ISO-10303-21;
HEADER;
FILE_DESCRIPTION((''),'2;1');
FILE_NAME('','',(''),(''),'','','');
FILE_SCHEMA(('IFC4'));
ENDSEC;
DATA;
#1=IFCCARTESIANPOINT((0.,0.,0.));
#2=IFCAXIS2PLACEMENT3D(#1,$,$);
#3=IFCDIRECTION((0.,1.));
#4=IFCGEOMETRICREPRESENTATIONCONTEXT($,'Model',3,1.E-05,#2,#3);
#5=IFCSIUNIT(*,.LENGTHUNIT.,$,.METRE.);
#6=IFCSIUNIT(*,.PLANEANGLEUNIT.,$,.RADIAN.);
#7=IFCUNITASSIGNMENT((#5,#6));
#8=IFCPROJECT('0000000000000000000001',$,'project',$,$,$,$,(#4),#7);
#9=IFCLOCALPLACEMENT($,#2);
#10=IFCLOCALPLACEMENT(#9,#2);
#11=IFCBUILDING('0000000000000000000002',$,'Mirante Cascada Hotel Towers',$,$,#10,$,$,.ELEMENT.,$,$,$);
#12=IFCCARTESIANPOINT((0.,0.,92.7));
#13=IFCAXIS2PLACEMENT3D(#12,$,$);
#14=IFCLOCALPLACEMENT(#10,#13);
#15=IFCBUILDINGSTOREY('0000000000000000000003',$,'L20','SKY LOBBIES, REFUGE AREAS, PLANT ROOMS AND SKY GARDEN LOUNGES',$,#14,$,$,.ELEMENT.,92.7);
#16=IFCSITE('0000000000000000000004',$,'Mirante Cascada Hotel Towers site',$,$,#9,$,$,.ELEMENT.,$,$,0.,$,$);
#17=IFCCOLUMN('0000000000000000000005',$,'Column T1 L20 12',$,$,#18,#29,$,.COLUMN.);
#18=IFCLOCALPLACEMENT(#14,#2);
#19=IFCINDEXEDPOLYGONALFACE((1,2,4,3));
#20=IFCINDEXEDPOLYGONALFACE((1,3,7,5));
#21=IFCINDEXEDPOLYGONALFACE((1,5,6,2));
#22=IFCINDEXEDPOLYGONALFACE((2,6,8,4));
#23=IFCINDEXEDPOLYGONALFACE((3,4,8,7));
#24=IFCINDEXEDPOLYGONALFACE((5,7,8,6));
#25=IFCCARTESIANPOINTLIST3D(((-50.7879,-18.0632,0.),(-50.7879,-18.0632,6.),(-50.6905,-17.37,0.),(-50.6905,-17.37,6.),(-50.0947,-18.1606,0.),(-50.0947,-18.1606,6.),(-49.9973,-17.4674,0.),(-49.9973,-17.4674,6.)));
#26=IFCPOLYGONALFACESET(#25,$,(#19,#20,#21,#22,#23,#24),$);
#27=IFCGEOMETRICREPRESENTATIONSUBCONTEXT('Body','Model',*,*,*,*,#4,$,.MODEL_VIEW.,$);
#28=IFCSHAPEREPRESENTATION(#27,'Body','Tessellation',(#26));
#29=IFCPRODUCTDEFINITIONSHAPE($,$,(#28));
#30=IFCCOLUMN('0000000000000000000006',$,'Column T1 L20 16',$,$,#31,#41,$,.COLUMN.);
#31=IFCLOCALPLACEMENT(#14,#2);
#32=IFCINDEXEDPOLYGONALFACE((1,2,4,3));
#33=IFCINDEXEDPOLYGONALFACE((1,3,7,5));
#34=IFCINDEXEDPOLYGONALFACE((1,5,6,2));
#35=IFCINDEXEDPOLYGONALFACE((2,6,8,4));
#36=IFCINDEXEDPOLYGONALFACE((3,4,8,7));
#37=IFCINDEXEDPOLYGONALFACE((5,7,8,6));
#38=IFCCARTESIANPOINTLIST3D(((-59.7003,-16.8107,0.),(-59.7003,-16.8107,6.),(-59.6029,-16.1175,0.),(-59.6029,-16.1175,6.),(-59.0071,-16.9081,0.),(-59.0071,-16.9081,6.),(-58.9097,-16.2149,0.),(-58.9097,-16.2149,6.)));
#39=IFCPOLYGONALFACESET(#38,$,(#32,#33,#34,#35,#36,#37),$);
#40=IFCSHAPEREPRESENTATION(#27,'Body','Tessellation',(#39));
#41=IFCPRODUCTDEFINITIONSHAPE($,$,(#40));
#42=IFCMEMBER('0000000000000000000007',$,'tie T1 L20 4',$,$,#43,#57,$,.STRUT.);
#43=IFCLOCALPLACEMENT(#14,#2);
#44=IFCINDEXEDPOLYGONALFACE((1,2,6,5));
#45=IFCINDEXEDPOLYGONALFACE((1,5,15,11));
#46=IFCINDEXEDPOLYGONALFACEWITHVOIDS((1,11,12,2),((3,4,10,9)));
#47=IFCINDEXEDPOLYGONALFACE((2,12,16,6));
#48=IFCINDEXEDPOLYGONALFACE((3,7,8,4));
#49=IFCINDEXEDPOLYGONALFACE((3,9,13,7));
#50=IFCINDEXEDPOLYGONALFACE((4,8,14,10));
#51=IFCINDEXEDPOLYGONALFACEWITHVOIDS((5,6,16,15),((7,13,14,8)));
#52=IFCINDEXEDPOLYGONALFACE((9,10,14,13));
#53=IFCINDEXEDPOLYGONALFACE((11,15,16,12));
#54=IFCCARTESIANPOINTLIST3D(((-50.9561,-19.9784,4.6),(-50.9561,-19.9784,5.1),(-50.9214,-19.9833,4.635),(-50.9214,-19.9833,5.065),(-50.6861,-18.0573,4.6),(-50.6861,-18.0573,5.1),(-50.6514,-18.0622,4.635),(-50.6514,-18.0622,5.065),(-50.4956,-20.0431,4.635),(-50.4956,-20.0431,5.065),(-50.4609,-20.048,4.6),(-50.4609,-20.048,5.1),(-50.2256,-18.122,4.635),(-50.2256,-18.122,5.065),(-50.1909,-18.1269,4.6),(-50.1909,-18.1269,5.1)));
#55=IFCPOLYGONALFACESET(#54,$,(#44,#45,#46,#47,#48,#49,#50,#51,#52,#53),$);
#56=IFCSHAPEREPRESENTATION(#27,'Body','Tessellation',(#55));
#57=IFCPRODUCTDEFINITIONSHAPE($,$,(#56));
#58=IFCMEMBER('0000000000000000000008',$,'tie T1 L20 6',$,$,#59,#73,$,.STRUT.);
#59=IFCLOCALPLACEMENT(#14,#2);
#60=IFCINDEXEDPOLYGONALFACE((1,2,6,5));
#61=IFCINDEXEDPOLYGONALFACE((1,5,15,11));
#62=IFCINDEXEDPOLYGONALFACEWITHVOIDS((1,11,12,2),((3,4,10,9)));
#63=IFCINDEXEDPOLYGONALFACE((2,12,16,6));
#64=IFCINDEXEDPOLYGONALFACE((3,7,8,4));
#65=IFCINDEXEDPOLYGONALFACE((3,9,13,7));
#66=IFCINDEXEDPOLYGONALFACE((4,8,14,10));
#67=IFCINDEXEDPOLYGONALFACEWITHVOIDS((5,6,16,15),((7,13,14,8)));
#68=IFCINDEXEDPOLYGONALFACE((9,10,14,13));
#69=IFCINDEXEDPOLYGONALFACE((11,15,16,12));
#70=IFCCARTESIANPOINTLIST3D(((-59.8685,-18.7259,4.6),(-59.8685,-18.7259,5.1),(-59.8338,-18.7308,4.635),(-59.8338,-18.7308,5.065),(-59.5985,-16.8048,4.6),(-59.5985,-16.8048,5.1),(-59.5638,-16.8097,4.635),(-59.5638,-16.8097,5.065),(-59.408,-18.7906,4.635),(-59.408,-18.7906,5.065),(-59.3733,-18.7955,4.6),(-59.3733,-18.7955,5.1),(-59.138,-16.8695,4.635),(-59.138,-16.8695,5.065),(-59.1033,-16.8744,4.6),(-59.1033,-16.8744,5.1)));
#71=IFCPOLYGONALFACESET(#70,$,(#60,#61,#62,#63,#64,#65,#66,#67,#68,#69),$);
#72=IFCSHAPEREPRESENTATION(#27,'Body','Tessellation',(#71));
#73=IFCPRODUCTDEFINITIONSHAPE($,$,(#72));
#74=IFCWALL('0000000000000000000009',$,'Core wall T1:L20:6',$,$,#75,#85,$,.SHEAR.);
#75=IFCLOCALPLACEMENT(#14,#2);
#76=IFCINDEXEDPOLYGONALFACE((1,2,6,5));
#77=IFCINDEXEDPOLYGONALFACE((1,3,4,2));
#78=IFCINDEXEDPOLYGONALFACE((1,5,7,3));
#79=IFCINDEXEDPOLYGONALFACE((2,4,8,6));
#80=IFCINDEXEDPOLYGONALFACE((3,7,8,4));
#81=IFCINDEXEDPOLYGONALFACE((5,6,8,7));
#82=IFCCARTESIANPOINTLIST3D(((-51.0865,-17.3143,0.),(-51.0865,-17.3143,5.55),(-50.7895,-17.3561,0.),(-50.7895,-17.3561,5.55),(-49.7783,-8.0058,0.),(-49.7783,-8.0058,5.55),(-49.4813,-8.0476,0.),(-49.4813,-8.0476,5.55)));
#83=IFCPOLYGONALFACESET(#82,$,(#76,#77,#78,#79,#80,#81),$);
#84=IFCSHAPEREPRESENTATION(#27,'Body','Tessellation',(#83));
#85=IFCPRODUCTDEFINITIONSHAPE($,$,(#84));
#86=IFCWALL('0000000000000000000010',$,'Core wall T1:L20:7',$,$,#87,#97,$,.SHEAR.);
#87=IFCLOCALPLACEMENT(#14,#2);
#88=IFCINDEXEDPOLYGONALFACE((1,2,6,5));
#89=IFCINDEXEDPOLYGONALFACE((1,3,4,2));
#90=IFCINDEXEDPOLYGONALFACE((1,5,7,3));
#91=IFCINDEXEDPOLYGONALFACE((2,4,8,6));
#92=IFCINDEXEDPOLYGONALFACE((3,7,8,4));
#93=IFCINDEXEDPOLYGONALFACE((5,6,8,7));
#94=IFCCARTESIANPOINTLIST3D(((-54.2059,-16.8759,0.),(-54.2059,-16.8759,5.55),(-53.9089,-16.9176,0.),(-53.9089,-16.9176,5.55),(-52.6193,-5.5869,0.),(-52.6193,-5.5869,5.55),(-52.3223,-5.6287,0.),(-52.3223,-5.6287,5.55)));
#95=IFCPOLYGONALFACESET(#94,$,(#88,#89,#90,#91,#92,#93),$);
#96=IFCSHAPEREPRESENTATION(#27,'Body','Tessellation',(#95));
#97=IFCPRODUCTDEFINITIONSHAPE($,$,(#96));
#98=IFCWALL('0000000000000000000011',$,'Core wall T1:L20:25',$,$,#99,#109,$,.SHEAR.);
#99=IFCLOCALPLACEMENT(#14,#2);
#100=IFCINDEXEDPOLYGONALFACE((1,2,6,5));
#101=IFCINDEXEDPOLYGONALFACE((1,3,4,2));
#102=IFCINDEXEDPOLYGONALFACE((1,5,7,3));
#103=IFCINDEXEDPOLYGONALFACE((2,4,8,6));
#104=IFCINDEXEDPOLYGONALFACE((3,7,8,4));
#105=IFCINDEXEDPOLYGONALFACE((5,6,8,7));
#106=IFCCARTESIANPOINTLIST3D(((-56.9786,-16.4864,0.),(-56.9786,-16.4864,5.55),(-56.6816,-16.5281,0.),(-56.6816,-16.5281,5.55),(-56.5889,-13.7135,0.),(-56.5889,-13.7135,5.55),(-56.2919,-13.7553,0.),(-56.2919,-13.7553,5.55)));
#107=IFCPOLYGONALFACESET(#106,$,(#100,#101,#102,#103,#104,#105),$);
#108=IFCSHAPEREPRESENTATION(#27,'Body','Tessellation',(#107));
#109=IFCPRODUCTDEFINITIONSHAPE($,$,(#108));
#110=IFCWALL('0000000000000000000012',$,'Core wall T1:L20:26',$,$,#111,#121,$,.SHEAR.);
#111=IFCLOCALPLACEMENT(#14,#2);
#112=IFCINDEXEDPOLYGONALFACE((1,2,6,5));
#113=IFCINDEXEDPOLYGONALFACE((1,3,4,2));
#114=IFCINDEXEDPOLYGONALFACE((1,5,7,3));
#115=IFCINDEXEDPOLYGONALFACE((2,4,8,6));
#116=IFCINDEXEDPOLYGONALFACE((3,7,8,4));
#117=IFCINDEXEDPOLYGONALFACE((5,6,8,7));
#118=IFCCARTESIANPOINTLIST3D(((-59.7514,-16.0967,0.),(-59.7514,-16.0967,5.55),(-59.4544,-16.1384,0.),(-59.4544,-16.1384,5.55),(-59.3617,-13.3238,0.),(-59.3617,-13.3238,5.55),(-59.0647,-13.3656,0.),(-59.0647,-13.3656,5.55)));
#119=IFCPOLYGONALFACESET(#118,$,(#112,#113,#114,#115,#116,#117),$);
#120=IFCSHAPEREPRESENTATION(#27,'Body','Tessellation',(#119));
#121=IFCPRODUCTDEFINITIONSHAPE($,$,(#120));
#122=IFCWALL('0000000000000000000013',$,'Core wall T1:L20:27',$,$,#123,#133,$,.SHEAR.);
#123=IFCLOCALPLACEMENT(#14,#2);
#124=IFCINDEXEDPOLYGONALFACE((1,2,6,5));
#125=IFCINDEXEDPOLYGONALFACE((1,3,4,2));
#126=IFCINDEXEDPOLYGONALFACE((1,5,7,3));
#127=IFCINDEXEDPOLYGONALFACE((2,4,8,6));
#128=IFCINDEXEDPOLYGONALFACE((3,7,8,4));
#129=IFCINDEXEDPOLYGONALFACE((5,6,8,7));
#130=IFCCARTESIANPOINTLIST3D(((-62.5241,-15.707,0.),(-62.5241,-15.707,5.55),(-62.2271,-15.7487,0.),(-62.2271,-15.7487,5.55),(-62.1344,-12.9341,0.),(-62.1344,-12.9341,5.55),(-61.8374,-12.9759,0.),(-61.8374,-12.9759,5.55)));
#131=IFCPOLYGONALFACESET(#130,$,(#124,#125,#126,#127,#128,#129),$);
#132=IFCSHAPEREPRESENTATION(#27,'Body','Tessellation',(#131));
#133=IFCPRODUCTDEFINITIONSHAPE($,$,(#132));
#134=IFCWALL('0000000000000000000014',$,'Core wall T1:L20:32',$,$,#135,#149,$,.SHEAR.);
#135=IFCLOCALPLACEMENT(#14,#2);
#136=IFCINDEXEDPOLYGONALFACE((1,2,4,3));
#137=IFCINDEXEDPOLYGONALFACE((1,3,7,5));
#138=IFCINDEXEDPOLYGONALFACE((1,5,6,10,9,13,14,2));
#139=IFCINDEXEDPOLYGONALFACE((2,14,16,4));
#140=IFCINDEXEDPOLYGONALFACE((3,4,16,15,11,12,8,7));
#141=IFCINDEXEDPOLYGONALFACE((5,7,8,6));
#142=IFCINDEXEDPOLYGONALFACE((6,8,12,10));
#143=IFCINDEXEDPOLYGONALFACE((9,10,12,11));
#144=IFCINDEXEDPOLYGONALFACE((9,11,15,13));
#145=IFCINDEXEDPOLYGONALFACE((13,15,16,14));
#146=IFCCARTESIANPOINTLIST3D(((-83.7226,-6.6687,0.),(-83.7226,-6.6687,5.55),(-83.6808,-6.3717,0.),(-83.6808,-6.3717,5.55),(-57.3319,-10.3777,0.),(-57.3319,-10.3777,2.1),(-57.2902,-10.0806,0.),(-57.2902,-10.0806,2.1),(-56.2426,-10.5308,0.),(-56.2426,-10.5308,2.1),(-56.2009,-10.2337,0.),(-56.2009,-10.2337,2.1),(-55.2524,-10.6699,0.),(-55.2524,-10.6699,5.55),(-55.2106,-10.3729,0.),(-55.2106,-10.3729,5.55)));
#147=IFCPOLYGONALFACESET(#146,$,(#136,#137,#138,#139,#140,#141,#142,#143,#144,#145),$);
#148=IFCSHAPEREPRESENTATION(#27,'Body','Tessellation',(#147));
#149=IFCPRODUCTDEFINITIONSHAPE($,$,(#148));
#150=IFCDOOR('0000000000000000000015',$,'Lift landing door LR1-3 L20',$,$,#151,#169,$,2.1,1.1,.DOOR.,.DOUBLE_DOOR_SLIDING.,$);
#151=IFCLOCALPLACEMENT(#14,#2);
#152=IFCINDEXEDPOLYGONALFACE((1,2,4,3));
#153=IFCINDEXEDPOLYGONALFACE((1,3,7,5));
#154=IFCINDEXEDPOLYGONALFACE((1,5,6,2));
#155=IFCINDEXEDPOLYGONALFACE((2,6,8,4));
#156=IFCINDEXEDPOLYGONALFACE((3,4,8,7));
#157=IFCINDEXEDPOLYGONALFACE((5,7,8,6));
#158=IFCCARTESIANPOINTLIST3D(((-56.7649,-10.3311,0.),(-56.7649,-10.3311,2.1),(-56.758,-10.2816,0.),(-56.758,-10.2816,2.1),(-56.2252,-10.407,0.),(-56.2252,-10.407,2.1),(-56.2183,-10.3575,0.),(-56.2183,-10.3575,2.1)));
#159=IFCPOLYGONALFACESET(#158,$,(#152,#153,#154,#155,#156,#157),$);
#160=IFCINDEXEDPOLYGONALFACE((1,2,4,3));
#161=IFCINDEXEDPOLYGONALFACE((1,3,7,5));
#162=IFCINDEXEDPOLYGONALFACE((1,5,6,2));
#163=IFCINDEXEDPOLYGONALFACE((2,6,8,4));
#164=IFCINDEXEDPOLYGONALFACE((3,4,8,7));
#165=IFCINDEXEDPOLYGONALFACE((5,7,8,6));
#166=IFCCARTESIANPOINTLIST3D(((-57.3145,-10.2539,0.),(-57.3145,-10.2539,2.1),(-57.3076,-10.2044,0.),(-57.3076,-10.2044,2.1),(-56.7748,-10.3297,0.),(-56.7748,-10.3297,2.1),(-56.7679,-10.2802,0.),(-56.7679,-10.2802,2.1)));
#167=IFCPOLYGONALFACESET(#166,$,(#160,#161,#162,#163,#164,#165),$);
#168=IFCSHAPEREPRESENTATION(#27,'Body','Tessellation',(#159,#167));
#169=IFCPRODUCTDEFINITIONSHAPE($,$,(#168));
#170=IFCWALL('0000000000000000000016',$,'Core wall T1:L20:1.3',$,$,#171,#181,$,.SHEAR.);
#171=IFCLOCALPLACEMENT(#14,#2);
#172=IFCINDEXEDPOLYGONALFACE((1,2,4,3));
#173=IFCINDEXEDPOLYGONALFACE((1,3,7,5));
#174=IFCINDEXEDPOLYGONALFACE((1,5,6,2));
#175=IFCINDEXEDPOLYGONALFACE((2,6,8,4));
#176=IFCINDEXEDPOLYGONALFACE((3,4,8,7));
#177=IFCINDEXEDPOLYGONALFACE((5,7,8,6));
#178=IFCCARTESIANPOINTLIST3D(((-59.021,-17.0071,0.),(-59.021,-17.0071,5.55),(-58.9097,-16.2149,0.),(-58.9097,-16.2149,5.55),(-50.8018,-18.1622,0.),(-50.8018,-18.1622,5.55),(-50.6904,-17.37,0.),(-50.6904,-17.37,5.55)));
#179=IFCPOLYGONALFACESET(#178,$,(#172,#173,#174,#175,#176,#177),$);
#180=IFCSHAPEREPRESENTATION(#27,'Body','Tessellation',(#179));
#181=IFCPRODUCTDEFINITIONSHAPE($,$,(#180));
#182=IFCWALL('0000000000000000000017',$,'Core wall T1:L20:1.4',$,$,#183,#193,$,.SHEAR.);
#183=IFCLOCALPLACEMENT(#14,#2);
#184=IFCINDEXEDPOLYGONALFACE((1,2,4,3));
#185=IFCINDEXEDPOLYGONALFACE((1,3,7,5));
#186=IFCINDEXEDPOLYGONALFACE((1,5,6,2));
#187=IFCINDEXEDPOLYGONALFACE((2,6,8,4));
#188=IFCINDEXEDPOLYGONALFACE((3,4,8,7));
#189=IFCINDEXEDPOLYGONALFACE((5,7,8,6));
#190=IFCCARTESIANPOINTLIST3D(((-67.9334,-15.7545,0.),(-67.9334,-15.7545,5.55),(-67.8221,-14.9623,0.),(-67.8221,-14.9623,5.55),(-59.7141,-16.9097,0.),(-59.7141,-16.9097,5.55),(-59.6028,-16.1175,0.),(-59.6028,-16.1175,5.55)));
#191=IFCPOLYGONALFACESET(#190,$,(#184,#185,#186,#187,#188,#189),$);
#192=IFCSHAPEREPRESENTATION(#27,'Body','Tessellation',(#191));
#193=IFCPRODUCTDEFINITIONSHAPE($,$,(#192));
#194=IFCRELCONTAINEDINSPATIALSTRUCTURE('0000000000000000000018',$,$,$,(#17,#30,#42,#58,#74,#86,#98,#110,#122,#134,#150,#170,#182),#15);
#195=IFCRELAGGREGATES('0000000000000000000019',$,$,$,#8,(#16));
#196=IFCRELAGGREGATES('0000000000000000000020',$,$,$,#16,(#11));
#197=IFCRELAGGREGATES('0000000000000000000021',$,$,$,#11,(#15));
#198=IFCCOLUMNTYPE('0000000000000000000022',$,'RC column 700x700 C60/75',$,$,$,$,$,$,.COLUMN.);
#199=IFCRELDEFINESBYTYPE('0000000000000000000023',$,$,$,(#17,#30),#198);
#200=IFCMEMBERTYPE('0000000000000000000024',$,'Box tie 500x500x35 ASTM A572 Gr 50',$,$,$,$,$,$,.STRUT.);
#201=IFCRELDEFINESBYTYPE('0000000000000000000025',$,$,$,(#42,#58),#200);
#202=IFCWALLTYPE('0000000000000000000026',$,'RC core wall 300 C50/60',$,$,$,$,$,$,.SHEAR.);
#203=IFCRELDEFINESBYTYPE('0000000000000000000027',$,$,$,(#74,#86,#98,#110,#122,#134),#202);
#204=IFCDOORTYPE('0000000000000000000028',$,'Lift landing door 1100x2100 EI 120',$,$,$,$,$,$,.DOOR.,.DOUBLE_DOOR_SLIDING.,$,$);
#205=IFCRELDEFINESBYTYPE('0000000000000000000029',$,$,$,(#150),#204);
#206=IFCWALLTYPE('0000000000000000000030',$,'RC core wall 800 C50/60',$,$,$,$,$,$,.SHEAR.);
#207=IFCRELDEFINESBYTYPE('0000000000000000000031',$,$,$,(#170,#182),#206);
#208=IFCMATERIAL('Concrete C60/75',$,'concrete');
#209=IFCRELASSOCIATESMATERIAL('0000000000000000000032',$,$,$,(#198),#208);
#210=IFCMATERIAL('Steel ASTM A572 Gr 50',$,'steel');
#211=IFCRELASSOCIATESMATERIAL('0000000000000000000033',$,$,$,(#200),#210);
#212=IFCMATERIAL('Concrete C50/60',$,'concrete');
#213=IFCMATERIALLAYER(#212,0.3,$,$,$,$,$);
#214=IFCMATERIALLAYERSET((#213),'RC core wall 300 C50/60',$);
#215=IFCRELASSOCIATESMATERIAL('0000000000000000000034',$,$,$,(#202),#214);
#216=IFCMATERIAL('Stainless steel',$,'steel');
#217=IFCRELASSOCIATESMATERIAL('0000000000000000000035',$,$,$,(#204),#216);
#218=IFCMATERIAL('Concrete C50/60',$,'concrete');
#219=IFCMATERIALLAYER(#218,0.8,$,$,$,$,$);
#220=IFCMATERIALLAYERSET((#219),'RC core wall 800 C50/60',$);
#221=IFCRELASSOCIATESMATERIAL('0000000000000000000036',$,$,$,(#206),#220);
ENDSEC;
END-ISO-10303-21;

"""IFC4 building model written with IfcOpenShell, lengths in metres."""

from ifc_helpers import new_model, si_unit, direction, frame, frame_2d, origin, origin_2d, place, context, subcontext, project, spatial, rectangle, hollow_rectangle, extrude, material, layer, layer_set, material_profile, profile_set, type_object, element, fill, save


model = new_model("IFC4")

# Units and contexts
model_context = context("Model", 3, precision=1e-05, world=origin(), true_north=direction((0.0, 1.0)))
body_context = subcontext(model_context, "Body", "Model", "MODEL_VIEW")
ifc_project = project(units=[si_unit("LENGTHUNIT", "METRE"), si_unit("PLANEANGLEUNIT", "RADIAN")], contexts=[model_context])

# Site, building, storey
site_placement = place(None, origin())
site = spatial("IfcSite", under=ifc_project, at=site_placement, Name="Mirante Cascada Hotel Towers site", CompositionType="ELEMENT", RefElevation=0.0)
building_placement = place(site_placement, origin())
building = spatial("IfcBuilding", under=site, at=building_placement, Name="Mirante Cascada Hotel Towers", CompositionType="ELEMENT")
storey_placement = place(building_placement, frame((0.0, 0.0, 92.7)))
storey = spatial("IfcBuildingStorey", under=building, at=storey_placement, Name="L20", Description="SKY LOBBIES, REFUGE AREAS, PLANT ROOMS AND SKY GARDEN LOUNGES", CompositionType="ELEMENT", Elevation=92.7)

# Columns
ifc_material_1 = material(Name="Concrete C60/75", Category="concrete")
ifc_material_profile_1 = material_profile(ifc_material_1, rectangle(XDim=0.7, YDim=0.7, at=origin_2d()), Name="RC column 700x700 C60/75")
ifc_profile_set_1 = profile_set([ifc_material_profile_1], Name="Concrete C60/75")
column_type = type_object("IfcColumnType", Name="RC column 700x700 C60/75", PredefinedType="COLUMN", material=ifc_profile_set_1)
for number, where, z_axis, x_axis, name in (
    (1, (-50.3926, -17.7653, 0.0), (0.0, 0.0, 1.0), (-0.990268, 0.139173, 0.0), "Column T1 L20 12"),
    (2, (-59.305, -16.5128, 0.0), (0.0, 0.0, 1.0), (-0.990268, 0.139173, 0.0), "Column T1 L20 16"),
):
    element("IfcColumn", number, at=place(storey_placement, frame(where, z_axis=z_axis, x_axis=x_axis)), inside=storey, type_object=column_type, Name=name, PredefinedType="COLUMN", context=body_context, shape_type="SweptSolid", body=[
        extrude(rectangle(XDim=0.7, YDim=0.7, at=origin_2d()), origin(), (0.0, 0.0, 1.0), 6.0),
    ])

# Members
ifc_material_2 = material(Name="Steel ASTM A572 Gr 50", Category="steel")
ifc_material_profile_2 = material_profile(ifc_material_2, hollow_rectangle(XDim=0.5, YDim=0.5, WallThickness=0.035, at=origin_2d()), Name="Box tie 500x500x35 ASTM A572 Gr 50")
ifc_profile_set_2 = profile_set([ifc_material_profile_2], Name="Steel ASTM A572 Gr 50")
member_type = type_object("IfcMemberType", Name="Box tie 500x500x35 ASTM A572 Gr 50", PredefinedType="STRUT", material=ifc_profile_set_2)
for number, where, z_axis, x_axis, name in (
    (3, (-50.4385, -18.0921, 4.85), (-0.139177, -0.990268, 0.0), (0.990268, -0.139177, 0.0), "tie T1 L20 4"),
    (4, (-59.3509, -16.8396, 4.85), (-0.139177, -0.990268, 0.0), (0.990268, -0.139177, 0.0), "tie T1 L20 6"),
):
    element("IfcMember", number, at=place(storey_placement, frame(where, z_axis=z_axis, x_axis=x_axis)), inside=storey, type_object=member_type, Name=name, PredefinedType="STRUT", context=body_context, shape_type="SweptSolid", body=[
        extrude(hollow_rectangle(XDim=0.5, YDim=0.5, WallThickness=0.035, at=origin_2d()), origin(), (0.0, 0.0, 1.0), 1.94),
    ])

# Walls
ifc_material_3 = material(Name="Concrete C50/60", Category="concrete")
ifc_layer_1 = layer(ifc_material_3, 0.3)
ifc_layer_set_1 = layer_set([ifc_layer_1], Name="RC core wall 300 C50/60")
wall_type_1 = type_object("IfcWallType", Name="RC core wall 300 C50/60", PredefinedType="SHEAR", material=ifc_layer_set_1)
wall_1_placement = place(storey_placement, frame((-50.938, -17.3352, 0.0), z_axis=(0.0, 0.0, 1.0), x_axis=(0.139171, 0.990268, 0.0)))
element("IfcWall", 5, at=wall_1_placement, inside=storey, type_object=wall_type_1, Name="Core wall T1:L20:6", PredefinedType="SHEAR", context=body_context, shape_type="SweptSolid", body=[
    extrude(rectangle(XDim=9.4, YDim=0.3, at=frame_2d((4.7, 0.0))), origin(), (0.0, 0.0, 1.0), 5.55),
])
wall_2_placement = place(storey_placement, frame((-54.0574, -16.8968, 0.0), z_axis=(0.0, 0.0, 1.0), x_axis=(0.139176, 0.990268, 0.0)))
element("IfcWall", 6, at=wall_2_placement, inside=storey, type_object=wall_type_1, Name="Core wall T1:L20:7", PredefinedType="SHEAR", context=body_context, shape_type="SweptSolid", body=[
    extrude(rectangle(XDim=11.3999, YDim=0.3, at=frame_2d((5.7, 0.0))), origin(), (0.0, 0.0, 1.0), 5.55),
])

# Shared definitions
ifc_material_4 = material(Name="Stainless steel", Category="steel")
door_type_1 = type_object("IfcDoorType", Name="Lift landing door 1100x2100 EI 120", OperationType="DOUBLE_DOOR_SLIDING", PredefinedType="DOOR", material=ifc_material_4)

# Walls
for number, where, z_axis, x_axis, name in (
    (7, (-56.8301, -16.5072, 0.0), (0.0, 0.0, 1.0), (0.139176, 0.990268, 0.0), "Core wall T1:L20:25"),
    (8, (-59.6029, -16.1175, 0.0), (0.0, 0.0, 1.0), (0.139176, 0.990268, 0.0), "Core wall T1:L20:26"),
    (9, (-62.3756, -15.7278, 0.0), (0.0, 0.0, 1.0), (0.139176, 0.990268, 0.0), "Core wall T1:L20:27"),
):
    element("IfcWall", number, at=place(storey_placement, frame(where, z_axis=z_axis, x_axis=x_axis)), inside=storey, type_object=wall_type_1, Name=name, PredefinedType="SHEAR", context=body_context, shape_type="SweptSolid", body=[
        extrude(rectangle(XDim=2.8001, YDim=0.3, at=frame_2d((1.4, 0.0))), origin(), (0.0, 0.0, 1.0), 5.55),
    ])

# Wall, opening, door
wall_3_placement = place(storey_placement, frame((-55.2315, -10.5214, 0.0), z_axis=(0.0, 0.0, 1.0), x_axis=(-0.990268, 0.139172, 0.0)))
wall_3 = element("IfcWall", 10, at=wall_3_placement, inside=storey, type_object=wall_type_1, Name="Core wall T1:L20:32", PredefinedType="SHEAR", context=body_context, shape_type="SweptSolid", body=[
    extrude(rectangle(XDim=28.75, YDim=0.3, at=frame_2d((14.375, 0.0))), origin(), (0.0, 0.0, 1.0), 5.55),
])
opening_1_placement = place(wall_3_placement, frame((1.0, 0.0, 0.0)))
opening_1 = element("IfcOpeningElement", 11, at=opening_1_placement, cuts=wall_3, PredefinedType="OPENING", context=body_context, shape_type="SweptSolid", body=[
    extrude(rectangle(XDim=1.1, YDim=2.1, at=frame_2d((0.55, 1.05))), frame((0.0, 0.15, 0.0), z_axis=(0.0, -1.0, 0.0), x_axis=(1.0, 0.0, 0.0)), (0.0, 0.0, 1.0), 0.3),
])
door_1_placement = place(opening_1_placement, origin())
door_1 = element("IfcDoor", 12, at=door_1_placement, inside=storey, type_object=door_type_1, Name="Lift landing door LR1-3 L20", OperationType="DOUBLE_DOOR_SLIDING", OverallHeight=2.1, OverallWidth=1.1, PredefinedType="DOOR", context=body_context, shape_type="SweptSolid", body=[
    extrude(rectangle(XDim=0.545, YDim=2.1, at=frame_2d((0.2725, 1.05))), frame((0.0, 0.025, 0.0), z_axis=(0.0, -1.0, 0.0), x_axis=(1.0, 0.0, 0.0)), (0.0, 0.0, 1.0), 0.05),
    extrude(rectangle(XDim=0.545, YDim=2.1, at=frame_2d((0.8275, 1.05))), frame((0.0, 0.025, 0.0), z_axis=(0.0, -1.0, 0.0), x_axis=(1.0, 0.0, 0.0)), (0.0, 0.0, 1.0), 0.05),
])
fill(opening_1, door_1)

# Walls
ifc_material_5 = material(Name="Concrete C50/60", Category="concrete")
ifc_layer_2 = layer(ifc_material_5, 0.8)
ifc_layer_set_2 = layer_set([ifc_layer_2], Name="RC core wall 800 C50/60")
wall_type_2 = type_object("IfcWallType", Name="RC core wall 800 C50/60", PredefinedType="SHEAR", material=ifc_layer_set_2)
wall_4_placement = place(storey_placement, frame((-50.7461, -17.7661, 0.0), z_axis=(0.0, 0.0, 1.0), x_axis=(-0.990269, 0.139169, 0.0)))
element("IfcWall", 13, at=wall_4_placement, inside=storey, type_object=wall_type_2, Name="Core wall T1:L20:1.3", PredefinedType="SHEAR", context=body_context, shape_type="SweptSolid", body=[
    extrude(rectangle(XDim=8.3, YDim=0.8, at=frame_2d((4.15, 0.0))), origin(), (0.0, 0.0, 1.0), 5.55),
])
wall_5_placement = place(storey_placement, frame((-59.6585, -16.5136, 0.0), z_axis=(0.0, 0.0, 1.0), x_axis=(-0.990267, 0.139179, 0.0)))
element("IfcWall", 14, at=wall_5_placement, inside=storey, type_object=wall_type_2, Name="Core wall T1:L20:1.4", PredefinedType="SHEAR", context=body_context, shape_type="SweptSolid", body=[
    extrude(rectangle(XDim=8.3001, YDim=0.8, at=frame_2d((4.15, 0.0))), origin(), (0.0, 0.0, 1.0), 5.55),
])

save(model, "model.ifc")
